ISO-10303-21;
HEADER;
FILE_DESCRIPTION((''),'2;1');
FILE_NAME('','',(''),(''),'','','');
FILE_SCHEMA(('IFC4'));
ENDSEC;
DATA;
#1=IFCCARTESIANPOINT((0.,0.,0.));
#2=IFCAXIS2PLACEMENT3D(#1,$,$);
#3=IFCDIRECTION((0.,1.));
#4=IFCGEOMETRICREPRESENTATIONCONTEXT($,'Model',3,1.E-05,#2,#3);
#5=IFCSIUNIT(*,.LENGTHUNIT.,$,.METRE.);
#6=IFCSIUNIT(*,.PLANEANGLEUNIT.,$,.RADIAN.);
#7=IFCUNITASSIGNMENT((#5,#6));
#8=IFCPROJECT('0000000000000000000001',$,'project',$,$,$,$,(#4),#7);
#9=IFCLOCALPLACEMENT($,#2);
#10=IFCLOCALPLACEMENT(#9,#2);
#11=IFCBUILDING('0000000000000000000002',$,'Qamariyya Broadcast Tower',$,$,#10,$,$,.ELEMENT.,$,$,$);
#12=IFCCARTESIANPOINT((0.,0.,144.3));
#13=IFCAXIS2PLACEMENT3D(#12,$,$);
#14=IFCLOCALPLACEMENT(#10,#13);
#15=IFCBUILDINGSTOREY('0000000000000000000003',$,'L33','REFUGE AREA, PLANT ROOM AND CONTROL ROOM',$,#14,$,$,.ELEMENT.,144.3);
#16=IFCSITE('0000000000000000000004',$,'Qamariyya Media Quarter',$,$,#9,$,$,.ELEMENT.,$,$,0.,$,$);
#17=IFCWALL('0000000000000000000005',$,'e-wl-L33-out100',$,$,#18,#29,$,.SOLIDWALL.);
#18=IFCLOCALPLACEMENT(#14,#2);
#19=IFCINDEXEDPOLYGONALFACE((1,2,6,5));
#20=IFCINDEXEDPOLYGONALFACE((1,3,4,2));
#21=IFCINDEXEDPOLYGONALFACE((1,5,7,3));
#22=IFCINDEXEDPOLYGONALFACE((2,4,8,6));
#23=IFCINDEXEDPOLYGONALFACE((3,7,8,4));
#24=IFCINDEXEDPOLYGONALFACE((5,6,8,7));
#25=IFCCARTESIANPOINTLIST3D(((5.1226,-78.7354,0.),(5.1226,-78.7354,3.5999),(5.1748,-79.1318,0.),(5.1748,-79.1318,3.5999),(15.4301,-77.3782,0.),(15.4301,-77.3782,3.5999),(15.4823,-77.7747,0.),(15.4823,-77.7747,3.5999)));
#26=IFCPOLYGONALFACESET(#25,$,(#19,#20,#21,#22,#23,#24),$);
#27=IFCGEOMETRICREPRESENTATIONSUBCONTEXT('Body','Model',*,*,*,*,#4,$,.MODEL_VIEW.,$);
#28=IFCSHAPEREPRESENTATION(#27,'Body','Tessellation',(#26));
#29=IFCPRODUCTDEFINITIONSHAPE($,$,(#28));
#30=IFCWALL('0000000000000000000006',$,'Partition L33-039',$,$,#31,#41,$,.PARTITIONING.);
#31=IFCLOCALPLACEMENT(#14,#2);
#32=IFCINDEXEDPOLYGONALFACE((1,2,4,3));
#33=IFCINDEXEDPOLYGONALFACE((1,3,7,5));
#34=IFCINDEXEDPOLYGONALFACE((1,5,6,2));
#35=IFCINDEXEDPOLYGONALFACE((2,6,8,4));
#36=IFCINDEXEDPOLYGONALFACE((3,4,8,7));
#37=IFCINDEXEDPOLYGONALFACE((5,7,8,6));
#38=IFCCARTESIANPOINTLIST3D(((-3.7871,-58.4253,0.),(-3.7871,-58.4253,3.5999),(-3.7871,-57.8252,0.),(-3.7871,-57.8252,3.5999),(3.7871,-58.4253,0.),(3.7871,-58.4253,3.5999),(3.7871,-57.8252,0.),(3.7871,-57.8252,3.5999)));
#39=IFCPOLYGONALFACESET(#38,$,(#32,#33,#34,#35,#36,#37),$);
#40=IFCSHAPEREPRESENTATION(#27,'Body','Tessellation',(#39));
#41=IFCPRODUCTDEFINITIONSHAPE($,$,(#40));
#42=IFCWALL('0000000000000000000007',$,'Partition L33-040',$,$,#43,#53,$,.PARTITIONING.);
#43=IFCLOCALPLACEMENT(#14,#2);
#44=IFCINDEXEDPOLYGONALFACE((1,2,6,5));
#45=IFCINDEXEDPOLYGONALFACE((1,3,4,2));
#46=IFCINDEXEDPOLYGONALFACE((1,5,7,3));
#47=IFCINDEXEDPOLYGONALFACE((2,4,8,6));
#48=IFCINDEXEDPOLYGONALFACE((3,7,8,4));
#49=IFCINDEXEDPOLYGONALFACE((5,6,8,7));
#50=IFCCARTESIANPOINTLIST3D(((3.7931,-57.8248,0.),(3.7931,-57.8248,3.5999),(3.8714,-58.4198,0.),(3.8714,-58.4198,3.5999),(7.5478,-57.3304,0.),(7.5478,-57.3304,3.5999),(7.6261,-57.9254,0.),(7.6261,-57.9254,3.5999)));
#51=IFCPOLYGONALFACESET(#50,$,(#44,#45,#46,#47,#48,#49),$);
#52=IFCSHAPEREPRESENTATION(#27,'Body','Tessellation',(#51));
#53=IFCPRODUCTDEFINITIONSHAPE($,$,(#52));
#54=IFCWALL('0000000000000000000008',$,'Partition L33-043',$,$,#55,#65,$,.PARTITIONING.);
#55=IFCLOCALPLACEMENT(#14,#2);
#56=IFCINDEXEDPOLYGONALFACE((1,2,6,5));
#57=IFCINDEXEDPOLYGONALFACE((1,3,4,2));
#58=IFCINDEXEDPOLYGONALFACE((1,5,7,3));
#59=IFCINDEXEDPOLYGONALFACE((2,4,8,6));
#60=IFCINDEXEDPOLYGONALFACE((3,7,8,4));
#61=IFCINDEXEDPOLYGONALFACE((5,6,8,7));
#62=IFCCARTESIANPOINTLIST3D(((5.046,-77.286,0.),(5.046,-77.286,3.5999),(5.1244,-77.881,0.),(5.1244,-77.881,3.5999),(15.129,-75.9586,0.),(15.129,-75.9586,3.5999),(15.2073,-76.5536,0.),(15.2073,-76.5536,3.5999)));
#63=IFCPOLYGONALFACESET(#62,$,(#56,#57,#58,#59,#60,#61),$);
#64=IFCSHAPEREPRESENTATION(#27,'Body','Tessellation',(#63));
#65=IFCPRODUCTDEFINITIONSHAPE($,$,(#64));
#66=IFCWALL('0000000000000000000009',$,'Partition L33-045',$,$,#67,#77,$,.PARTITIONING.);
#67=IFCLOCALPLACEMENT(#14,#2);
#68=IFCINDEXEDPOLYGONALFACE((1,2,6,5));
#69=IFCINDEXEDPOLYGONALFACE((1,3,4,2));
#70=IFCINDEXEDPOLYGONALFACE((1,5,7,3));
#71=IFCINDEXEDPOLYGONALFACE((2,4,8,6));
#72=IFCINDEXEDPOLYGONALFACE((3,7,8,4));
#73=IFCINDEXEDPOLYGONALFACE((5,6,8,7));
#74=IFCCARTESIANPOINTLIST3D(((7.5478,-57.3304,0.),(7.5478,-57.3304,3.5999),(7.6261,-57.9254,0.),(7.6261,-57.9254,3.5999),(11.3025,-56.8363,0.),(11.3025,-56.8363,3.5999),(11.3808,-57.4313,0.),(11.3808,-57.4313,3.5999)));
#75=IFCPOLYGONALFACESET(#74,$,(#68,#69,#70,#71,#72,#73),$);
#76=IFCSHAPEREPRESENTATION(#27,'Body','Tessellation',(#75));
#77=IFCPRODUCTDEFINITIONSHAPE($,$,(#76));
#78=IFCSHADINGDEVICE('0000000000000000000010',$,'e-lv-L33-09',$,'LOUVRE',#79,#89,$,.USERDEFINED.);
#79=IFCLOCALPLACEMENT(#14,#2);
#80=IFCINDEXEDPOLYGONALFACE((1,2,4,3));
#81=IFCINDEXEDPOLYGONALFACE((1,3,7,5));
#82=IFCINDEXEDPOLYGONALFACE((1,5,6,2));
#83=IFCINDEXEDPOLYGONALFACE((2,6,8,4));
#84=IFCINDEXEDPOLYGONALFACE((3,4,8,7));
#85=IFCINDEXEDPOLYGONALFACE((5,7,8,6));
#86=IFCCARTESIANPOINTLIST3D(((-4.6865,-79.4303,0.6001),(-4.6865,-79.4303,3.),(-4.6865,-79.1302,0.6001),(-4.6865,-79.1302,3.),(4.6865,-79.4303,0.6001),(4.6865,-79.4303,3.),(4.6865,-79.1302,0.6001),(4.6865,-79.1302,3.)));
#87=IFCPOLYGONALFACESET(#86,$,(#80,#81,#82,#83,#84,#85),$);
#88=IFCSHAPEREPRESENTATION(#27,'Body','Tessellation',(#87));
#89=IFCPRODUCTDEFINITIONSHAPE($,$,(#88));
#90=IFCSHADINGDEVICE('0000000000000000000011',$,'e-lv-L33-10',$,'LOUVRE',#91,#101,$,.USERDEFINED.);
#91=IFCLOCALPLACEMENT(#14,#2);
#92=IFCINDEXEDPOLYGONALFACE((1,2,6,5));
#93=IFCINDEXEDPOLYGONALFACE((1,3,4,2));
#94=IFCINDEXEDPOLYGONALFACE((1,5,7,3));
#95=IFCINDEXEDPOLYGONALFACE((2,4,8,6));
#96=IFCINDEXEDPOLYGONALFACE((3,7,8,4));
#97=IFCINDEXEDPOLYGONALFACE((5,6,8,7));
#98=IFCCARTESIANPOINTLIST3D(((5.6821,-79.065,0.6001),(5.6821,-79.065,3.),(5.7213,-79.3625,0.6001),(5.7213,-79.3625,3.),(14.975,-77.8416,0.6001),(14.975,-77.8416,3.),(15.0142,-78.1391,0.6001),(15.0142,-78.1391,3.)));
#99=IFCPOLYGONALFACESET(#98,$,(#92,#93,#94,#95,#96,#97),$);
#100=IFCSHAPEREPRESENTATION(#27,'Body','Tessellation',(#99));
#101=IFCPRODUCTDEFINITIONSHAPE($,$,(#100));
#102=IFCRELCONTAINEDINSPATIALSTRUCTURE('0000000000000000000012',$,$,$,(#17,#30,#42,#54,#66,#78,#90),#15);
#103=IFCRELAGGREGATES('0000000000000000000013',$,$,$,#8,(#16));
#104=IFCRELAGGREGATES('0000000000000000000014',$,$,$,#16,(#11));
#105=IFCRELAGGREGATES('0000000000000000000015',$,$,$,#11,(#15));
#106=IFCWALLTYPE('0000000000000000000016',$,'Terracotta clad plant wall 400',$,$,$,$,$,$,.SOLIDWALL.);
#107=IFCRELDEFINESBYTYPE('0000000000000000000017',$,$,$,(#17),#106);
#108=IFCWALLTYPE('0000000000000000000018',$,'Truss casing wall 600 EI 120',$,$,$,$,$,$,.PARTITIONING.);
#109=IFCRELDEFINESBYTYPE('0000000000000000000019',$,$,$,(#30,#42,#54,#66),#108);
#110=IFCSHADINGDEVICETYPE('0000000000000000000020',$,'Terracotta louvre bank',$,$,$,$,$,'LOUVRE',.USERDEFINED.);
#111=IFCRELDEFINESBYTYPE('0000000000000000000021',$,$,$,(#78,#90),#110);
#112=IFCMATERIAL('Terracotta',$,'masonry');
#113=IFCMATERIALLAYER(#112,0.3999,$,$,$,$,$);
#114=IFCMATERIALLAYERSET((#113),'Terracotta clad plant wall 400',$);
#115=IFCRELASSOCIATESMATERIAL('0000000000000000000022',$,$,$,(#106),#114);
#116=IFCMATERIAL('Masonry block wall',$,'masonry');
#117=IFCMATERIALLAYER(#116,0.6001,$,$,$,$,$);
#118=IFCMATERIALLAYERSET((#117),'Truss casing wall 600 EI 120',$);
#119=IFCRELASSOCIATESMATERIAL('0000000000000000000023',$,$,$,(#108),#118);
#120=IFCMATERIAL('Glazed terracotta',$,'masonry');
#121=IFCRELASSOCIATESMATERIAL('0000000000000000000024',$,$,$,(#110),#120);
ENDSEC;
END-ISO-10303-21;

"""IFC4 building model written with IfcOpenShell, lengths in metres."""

from ifc_helpers import new_model, si_unit, direction, frame, frame_2d, origin, origin_2d, place, context, subcontext, project, spatial, rectangle, extrude, material, layer, layer_set, type_object, element, save


model = new_model("IFC4")

# Units and contexts
model_context = context("Model", 3, precision=1e-05, world=origin(), true_north=direction((0.0, 1.0)))
body_context = subcontext(model_context, "Body", "Model", "MODEL_VIEW")
ifc_project = project(units=[si_unit("LENGTHUNIT", "METRE"), si_unit("PLANEANGLEUNIT", "RADIAN")], contexts=[model_context])

# Site, building, storey
site_placement = place(None, origin())
site = spatial("IfcSite", under=ifc_project, at=site_placement, Name="Qamariyya Media Quarter", CompositionType="ELEMENT", RefElevation=0.0)
building_placement = place(site_placement, origin())
building = spatial("IfcBuilding", under=site, at=building_placement, Name="Qamariyya Broadcast Tower", CompositionType="ELEMENT")
storey_placement = place(building_placement, frame((0.0, 0.0, 144.3)))
storey = spatial("IfcBuildingStorey", under=building, at=storey_placement, Name="L33", Description="REFUGE AREA, PLANT ROOM AND CONTROL ROOM", CompositionType="ELEMENT", Elevation=144.3)

# Shared definitions
ifc_material_1 = material(Name="Masonry block wall", Category="masonry")

# Walls
ifc_material_2 = material(Name="Terracotta", Category="masonry")
ifc_layer_1 = layer(ifc_material_2, 0.3999)
ifc_layer_set_1 = layer_set([ifc_layer_1], Name="Terracotta clad plant wall 400")
wall_type_1 = type_object("IfcWallType", Name="Terracotta clad plant wall 400", PredefinedType="SOLIDWALL", material=ifc_layer_set_1)
wall_1_placement = place(storey_placement, frame((5.1487, -78.9336, 0.0), z_axis=(0.0, 0.0, 1.0), x_axis=(0.991443, 0.130541, 0.0)))
element("IfcWall", 1, at=wall_1_placement, inside=storey, type_object=wall_type_1, Name="e-wl-L33-out100", PredefinedType="SOLIDWALL", context=body_context, shape_type="SweptSolid", body=[
    extrude(rectangle(XDim=10.3965, YDim=0.3999, at=frame_2d((5.1982, 0.0))), origin(), (0.0, 0.0, 1.0), 3.5999),
])
ifc_layer_2 = layer(ifc_material_1, 0.6001)
ifc_layer_set_2 = layer_set([ifc_layer_2], Name="Truss casing wall 600 EI 120")
wall_type_2 = type_object("IfcWallType", Name="Truss casing wall 600 EI 120", PredefinedType="PARTITIONING", material=ifc_layer_set_2)
wall_2_placement = place(storey_placement, frame((-3.7871, -58.1252, 0.0), z_axis=(0.0, 0.0, 1.0), x_axis=(1.0, 0.0, 0.0)))
element("IfcWall", 2, at=wall_2_placement, inside=storey, type_object=wall_type_2, Name="Partition L33-039", PredefinedType="PARTITIONING", context=body_context, shape_type="SweptSolid", body=[
    extrude(rectangle(XDim=7.5742, YDim=0.6001, at=frame_2d((3.7871, 0.0))), origin(), (0.0, 0.0, 1.0), 3.5999),
])
wall_3_placement = place(storey_placement, frame((3.8323, -58.1223, 0.0), z_axis=(0.0, 0.0, 1.0), x_axis=(0.991442, 0.130546, 0.0)))
element("IfcWall", 3, at=wall_3_placement, inside=storey, type_object=wall_type_2, Name="Partition L33-040", PredefinedType="PARTITIONING", context=body_context, shape_type="SweptSolid", body=[
    extrude(rectangle(XDim=3.7871, YDim=0.6001, at=frame_2d((1.8936, 0.0))), origin(), (0.0, 0.0, 1.0), 3.5999),
])
wall_4_placement = place(storey_placement, frame((5.0852, -77.5835, 0.0), z_axis=(0.0, 0.0, 1.0), x_axis=(0.991446, 0.13052, 0.0)))
element("IfcWall", 4, at=wall_4_placement, inside=storey, type_object=wall_type_2, Name="Partition L33-043", PredefinedType="PARTITIONING", context=body_context, shape_type="SweptSolid", body=[
    extrude(rectangle(XDim=10.1699, YDim=0.6001, at=frame_2d((5.085, 0.0))), origin(), (0.0, 0.0, 1.0), 3.5999),
])
wall_5_placement = place(storey_placement, frame((7.5869, -57.6279, 0.0), z_axis=(0.0, 0.0, 1.0), x_axis=(0.991451, 0.130483, 0.0)))
element("IfcWall", 5, at=wall_5_placement, inside=storey, type_object=wall_type_2, Name="Partition L33-045", PredefinedType="PARTITIONING", context=body_context, shape_type="SweptSolid", body=[
    extrude(rectangle(XDim=3.7871, YDim=0.6001, at=frame_2d((1.8936, 0.0))), origin(), (0.0, 0.0, 1.0), 3.5999),
])

# Shading devices
ifc_material_3 = material(Name="Glazed terracotta", Category="masonry")
shading_device_type = type_object("IfcShadingDeviceType", Name="Terracotta louvre bank", ElementType="LOUVRE", PredefinedType="USERDEFINED", material=ifc_material_3)
for number, where, z_axis, x_axis, name in (
    (6, (0.0, -79.2803, 0.6001), (0.0, 0.0, 1.0), (1.0, 0.0, 0.0), "e-lv-L33-09"),
    (7, (10.3481, -78.6021, 0.6001), (0.0, 0.0, 1.0), (0.991445, 0.130526, 0.0), "e-lv-L33-10"),
):
    element("IfcShadingDevice", number, at=place(storey_placement, frame(where, z_axis=z_axis, x_axis=x_axis)), inside=storey, type_object=shading_device_type, Name=name, ObjectType="LOUVRE", PredefinedType="USERDEFINED", context=body_context, shape_type="SweptSolid", body=[
        extrude(rectangle(XDim=9.373, YDim=0.3, at=origin_2d()), origin(), (0.0, 0.0, 1.0), 2.3999),
    ])

save(model, "model.ifc")
